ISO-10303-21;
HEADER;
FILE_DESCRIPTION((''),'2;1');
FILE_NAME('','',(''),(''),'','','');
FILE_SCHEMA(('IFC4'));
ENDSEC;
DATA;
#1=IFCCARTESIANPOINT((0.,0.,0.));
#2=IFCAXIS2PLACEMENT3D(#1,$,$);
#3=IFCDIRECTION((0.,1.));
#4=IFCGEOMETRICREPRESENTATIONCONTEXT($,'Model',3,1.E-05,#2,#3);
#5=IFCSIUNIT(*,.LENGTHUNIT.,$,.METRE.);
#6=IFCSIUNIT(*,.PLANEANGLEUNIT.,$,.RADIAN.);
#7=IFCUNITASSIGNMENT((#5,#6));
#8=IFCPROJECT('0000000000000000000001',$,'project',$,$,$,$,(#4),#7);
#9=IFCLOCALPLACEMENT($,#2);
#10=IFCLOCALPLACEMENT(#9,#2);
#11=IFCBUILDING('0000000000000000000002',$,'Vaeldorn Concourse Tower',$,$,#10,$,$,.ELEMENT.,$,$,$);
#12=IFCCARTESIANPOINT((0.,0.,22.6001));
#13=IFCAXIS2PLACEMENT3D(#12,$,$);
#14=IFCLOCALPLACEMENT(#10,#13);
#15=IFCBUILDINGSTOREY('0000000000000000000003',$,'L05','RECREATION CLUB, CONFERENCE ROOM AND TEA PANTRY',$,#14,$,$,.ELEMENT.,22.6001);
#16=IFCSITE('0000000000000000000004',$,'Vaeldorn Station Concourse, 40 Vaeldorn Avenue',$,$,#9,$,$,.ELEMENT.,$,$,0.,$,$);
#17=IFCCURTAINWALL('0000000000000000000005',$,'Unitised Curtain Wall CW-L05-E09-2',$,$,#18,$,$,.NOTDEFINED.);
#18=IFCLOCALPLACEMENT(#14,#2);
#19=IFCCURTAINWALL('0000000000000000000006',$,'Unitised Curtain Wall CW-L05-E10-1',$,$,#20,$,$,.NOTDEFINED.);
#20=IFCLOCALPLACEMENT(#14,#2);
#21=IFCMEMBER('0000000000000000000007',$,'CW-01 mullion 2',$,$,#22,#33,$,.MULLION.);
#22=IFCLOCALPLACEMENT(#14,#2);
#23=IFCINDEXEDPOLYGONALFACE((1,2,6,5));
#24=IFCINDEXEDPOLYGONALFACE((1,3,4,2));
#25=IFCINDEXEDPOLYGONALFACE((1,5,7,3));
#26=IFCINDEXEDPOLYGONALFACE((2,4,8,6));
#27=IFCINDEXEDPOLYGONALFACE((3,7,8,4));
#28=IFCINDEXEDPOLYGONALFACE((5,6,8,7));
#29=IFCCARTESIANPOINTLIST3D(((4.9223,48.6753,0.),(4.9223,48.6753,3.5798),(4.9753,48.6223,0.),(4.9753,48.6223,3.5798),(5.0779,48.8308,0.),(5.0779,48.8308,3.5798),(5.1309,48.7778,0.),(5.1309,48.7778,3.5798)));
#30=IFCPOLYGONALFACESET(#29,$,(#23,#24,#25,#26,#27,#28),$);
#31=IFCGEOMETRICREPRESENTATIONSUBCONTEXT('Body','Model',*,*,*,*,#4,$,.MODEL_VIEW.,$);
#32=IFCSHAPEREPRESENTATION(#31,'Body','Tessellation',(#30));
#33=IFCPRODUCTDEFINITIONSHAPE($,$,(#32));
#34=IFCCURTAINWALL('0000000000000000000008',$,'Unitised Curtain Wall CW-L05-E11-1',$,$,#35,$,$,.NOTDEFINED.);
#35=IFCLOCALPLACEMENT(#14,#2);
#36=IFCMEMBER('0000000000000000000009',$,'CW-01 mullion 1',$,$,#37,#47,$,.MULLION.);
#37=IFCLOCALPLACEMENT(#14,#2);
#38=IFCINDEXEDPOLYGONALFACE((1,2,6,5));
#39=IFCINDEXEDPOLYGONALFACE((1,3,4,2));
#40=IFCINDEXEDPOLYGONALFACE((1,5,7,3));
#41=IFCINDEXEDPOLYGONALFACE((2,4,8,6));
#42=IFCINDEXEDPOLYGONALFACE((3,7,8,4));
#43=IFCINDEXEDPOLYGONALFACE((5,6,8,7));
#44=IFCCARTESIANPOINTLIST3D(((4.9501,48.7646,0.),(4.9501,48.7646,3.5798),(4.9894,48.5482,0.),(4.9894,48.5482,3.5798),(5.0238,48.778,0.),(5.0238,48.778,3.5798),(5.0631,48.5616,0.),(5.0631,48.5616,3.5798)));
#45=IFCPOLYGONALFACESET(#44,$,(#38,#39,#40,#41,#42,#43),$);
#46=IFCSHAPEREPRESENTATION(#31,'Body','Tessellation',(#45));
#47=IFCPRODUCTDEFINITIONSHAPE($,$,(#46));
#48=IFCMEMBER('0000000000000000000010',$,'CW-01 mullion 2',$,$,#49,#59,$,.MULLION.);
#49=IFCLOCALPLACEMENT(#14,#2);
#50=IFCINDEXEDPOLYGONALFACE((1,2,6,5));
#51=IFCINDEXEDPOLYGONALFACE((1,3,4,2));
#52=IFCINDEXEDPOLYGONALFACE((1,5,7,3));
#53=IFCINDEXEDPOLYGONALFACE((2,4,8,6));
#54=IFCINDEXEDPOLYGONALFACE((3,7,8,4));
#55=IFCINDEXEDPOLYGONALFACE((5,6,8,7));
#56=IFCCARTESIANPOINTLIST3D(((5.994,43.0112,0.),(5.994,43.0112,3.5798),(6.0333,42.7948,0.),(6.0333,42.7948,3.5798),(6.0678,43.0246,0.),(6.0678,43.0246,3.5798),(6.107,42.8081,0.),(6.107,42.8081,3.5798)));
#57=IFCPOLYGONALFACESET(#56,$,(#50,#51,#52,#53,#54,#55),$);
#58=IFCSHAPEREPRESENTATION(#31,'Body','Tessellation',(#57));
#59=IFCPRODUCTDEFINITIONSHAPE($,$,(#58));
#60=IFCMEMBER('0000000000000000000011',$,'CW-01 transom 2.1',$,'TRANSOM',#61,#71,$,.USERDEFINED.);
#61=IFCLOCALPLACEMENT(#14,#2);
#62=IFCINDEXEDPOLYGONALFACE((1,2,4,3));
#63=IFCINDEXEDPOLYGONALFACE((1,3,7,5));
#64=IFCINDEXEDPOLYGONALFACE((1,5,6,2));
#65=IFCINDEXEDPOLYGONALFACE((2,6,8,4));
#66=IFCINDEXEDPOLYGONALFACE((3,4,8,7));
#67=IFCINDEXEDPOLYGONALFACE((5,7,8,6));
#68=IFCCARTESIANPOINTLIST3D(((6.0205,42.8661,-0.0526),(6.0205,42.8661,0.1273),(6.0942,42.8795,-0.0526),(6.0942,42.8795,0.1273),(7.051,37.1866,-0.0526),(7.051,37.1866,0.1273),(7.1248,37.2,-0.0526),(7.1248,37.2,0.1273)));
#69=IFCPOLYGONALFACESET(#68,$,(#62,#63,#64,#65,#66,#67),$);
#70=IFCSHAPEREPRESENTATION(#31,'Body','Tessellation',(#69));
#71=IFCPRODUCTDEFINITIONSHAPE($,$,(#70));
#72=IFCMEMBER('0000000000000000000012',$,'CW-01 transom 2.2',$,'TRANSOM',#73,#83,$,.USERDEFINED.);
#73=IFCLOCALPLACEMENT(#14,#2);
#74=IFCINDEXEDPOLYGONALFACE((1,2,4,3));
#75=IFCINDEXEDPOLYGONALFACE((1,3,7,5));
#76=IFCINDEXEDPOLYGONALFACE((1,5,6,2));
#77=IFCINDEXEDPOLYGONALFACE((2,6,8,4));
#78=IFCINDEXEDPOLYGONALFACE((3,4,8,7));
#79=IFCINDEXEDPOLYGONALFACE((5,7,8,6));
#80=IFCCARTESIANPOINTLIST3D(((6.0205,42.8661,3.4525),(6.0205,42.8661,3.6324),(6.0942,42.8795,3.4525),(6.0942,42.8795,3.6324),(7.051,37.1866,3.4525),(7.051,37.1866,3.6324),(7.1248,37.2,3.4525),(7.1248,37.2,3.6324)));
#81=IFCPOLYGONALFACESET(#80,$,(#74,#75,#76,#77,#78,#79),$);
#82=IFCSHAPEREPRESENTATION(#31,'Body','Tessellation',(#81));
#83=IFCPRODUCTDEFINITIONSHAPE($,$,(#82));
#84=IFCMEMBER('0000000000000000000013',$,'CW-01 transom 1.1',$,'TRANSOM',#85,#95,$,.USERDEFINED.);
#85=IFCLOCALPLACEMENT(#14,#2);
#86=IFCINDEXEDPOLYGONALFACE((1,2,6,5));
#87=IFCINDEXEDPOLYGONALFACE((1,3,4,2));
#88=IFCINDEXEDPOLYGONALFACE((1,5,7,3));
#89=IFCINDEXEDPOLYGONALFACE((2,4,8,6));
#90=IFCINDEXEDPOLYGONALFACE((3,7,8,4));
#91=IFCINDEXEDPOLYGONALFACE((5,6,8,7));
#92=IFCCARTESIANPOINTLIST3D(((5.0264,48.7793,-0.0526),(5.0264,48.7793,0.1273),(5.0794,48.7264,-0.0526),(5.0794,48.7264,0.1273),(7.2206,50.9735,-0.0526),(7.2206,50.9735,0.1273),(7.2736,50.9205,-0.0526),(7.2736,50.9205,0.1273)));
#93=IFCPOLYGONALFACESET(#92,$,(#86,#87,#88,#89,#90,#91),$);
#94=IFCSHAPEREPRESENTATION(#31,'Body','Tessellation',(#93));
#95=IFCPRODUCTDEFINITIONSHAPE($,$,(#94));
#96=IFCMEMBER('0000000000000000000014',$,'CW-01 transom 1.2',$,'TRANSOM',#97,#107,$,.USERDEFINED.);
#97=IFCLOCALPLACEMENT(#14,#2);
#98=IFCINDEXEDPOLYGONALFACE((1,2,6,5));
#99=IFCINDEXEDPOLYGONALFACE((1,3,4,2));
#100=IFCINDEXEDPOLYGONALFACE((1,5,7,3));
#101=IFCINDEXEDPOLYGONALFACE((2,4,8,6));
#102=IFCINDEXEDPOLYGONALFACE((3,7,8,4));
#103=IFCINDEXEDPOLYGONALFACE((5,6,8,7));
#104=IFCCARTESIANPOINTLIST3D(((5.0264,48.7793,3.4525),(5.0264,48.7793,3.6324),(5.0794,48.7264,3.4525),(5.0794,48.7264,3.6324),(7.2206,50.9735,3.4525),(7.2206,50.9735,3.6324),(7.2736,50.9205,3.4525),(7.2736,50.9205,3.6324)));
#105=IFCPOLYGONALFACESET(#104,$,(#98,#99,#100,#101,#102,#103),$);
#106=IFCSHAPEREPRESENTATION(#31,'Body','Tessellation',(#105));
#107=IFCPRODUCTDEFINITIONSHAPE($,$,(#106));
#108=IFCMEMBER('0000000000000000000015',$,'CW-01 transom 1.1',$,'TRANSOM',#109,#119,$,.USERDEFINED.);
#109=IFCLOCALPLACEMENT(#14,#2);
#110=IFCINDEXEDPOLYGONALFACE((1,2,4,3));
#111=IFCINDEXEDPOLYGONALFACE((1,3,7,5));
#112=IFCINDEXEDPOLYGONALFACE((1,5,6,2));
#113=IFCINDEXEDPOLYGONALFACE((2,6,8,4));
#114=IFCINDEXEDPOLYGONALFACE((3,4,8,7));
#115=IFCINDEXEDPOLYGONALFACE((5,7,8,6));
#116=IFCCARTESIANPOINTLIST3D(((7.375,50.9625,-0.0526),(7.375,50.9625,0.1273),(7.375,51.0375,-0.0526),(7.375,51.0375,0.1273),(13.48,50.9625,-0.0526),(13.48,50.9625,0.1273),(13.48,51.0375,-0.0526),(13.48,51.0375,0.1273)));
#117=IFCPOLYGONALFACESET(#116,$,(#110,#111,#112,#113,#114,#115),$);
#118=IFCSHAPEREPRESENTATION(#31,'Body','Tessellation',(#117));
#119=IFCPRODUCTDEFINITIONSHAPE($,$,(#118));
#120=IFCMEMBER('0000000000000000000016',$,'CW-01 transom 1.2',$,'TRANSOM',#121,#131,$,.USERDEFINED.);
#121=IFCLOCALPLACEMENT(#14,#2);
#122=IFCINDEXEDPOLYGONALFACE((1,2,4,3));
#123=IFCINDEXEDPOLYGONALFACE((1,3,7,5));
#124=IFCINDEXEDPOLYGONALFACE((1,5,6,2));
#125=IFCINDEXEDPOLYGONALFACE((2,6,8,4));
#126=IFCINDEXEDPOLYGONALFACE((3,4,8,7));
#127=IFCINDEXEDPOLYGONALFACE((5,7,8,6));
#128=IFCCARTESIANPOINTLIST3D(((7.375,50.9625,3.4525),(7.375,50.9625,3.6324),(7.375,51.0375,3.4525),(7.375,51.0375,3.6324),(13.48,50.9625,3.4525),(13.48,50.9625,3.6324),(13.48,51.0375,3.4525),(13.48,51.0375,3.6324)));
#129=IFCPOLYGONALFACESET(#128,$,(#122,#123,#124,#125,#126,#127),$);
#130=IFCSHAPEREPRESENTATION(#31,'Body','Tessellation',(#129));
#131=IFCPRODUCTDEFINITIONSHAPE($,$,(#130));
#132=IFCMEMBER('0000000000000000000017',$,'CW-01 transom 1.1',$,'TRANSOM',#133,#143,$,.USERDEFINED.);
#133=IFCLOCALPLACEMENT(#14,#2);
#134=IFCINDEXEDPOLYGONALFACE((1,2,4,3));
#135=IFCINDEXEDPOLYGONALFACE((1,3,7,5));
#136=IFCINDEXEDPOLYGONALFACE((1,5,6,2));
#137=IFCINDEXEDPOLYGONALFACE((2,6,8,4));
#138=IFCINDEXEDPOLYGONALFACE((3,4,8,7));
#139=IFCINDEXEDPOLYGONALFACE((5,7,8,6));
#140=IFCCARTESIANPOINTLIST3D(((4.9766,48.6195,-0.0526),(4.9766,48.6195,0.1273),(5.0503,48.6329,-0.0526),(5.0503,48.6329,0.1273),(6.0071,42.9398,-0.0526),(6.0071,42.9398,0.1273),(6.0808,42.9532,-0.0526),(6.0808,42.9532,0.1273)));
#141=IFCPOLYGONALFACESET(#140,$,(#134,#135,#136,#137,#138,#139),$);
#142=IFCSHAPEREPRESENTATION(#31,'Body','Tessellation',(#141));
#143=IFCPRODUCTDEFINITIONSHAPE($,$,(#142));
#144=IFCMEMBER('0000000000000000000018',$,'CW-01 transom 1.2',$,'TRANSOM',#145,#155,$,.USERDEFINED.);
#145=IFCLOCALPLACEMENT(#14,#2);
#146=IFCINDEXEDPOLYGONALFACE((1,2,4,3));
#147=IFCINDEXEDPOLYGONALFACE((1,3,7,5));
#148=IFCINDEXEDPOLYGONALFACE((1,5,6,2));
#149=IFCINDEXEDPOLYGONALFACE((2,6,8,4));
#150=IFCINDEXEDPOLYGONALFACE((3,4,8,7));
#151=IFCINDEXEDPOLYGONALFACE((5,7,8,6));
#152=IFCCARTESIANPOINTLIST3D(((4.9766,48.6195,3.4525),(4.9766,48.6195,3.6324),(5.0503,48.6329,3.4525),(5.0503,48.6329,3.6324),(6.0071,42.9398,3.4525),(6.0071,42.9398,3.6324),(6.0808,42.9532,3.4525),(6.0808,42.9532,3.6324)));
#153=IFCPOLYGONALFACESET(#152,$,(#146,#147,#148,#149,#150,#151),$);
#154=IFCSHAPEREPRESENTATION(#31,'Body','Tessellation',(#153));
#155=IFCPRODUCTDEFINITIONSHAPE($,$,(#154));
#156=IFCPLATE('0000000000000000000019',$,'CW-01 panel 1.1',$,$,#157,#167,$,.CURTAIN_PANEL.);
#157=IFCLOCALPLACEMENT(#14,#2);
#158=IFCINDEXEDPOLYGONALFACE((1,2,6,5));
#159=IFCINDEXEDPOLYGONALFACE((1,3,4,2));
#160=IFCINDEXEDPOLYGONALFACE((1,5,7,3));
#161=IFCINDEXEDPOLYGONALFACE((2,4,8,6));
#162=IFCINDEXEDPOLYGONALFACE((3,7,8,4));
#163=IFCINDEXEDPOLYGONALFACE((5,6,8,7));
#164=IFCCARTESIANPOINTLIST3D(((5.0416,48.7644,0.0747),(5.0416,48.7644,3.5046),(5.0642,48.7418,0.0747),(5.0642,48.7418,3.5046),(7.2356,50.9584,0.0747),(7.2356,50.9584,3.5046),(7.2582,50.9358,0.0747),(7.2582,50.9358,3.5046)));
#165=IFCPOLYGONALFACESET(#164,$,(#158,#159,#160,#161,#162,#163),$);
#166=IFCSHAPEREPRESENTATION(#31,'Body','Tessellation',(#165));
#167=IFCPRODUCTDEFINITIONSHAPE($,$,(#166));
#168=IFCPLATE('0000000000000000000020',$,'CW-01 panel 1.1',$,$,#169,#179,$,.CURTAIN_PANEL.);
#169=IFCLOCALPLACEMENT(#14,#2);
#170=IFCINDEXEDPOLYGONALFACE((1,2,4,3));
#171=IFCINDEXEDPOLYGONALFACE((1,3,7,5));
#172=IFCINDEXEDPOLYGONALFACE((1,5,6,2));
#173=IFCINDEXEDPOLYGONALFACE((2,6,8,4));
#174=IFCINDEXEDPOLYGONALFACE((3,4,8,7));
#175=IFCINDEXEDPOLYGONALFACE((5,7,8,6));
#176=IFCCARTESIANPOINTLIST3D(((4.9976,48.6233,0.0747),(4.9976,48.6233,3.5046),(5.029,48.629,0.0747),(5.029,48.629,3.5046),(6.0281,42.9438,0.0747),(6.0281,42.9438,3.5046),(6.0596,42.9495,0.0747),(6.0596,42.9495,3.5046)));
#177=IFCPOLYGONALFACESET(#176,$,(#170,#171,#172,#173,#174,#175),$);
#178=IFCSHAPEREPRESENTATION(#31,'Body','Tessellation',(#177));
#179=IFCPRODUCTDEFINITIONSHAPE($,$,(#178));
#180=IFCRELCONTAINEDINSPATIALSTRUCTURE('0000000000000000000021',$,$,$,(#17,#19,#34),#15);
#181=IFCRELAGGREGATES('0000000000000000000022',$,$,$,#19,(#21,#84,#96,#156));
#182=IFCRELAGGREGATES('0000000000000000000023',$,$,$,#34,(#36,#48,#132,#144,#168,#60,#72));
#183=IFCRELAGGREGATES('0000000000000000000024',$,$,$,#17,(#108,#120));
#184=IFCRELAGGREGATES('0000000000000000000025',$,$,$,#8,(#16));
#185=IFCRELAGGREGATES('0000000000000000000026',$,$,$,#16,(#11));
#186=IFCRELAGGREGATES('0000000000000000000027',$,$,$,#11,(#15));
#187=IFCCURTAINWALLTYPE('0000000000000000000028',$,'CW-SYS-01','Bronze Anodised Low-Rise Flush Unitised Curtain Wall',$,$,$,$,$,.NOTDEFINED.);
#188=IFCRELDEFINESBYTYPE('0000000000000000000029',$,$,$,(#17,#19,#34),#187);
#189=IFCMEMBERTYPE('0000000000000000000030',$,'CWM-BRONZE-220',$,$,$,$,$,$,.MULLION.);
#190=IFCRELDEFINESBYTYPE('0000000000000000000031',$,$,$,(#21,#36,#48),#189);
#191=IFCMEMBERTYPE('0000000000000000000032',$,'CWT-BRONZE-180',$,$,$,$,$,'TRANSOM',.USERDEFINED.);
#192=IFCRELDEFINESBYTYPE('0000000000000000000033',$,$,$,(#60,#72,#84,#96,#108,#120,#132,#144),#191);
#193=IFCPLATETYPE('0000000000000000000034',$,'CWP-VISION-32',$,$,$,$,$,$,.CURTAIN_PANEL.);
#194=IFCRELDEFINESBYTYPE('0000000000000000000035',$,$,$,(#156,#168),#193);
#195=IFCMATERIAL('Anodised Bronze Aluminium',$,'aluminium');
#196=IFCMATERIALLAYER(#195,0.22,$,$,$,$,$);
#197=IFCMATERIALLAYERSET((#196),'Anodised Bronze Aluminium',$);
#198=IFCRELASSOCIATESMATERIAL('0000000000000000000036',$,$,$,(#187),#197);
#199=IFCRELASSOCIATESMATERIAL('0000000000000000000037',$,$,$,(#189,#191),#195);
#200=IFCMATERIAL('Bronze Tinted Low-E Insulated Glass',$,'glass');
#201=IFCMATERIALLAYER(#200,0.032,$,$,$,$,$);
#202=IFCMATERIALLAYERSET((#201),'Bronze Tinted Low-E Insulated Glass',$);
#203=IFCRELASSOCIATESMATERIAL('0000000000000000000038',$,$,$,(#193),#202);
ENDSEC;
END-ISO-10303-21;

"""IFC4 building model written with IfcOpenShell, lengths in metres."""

from ifc_helpers import new_model, si_unit, direction, frame, origin, origin_2d, place, context, subcontext, project, spatial, rectangle, extrude, source, transform, mapped, material, layer, layer_set, material_profile, profile_set, type_object, element, aggregate, save


model = new_model("IFC4")

# Units and contexts
model_context = context("Model", 3, precision=1e-05, world=origin(), true_north=direction((0.0, 1.0)))
body_context = subcontext(model_context, "Body", "Model", "MODEL_VIEW")
ifc_project = project(units=[si_unit("LENGTHUNIT", "METRE"), si_unit("PLANEANGLEUNIT", "RADIAN")], contexts=[model_context])

# Site, building, storey
site_placement = place(None, origin())
site = spatial("IfcSite", under=ifc_project, at=site_placement, Name="Vaeldorn Station Concourse, 40 Vaeldorn Avenue", CompositionType="ELEMENT", RefElevation=0.0)
building_placement = place(site_placement, origin())
building = spatial("IfcBuilding", under=site, at=building_placement, Name="Vaeldorn Concourse Tower", CompositionType="ELEMENT")
storey_placement = place(building_placement, frame((0.0, 0.0, 22.6001)))
storey = spatial("IfcBuildingStorey", under=building, at=storey_placement, Name="L05", Description="RECREATION CLUB, CONFERENCE ROOM AND TEA PANTRY", CompositionType="ELEMENT", Elevation=22.6001)

# Curtain walls, members
ifc_material_1 = material(Name="Anodised Bronze Aluminium", Category="aluminium")
ifc_layer_1 = layer(ifc_material_1, 0.22)
ifc_layer_set_1 = layer_set([ifc_layer_1], Name="Anodised Bronze Aluminium")
curtain_wall_type = type_object("IfcCurtainWallType", Name="CW-SYS-01", Description="Bronze Anodised Low-Rise Flush Unitised Curtain Wall", PredefinedType="NOTDEFINED", material=ifc_layer_set_1)
curtain_wall_1_placement = place(storey_placement, origin())
curtain_wall_1 = element("IfcCurtainWall", 1, at=curtain_wall_1_placement, inside=storey, type_object=curtain_wall_type, Name="Unitised Curtain Wall CW-L05-E09-2", PredefinedType="NOTDEFINED")
ifc_material_profile_1 = material_profile(ifc_material_1, rectangle(XDim=0.075, YDim=0.22, at=origin_2d()), Name="CWM 75x220")
ifc_profile_set_1 = profile_set([ifc_material_profile_1], Name="Anodised Bronze Aluminium")
member_type_1 = type_object("IfcMemberType", Name="CWM-BRONZE-220", PredefinedType="MULLION", material=ifc_profile_set_1)
shared_shape_1 = source(origin(), body_context, "Body", "SweptSolid", [
    extrude(rectangle(XDim=0.075, YDim=0.22, at=origin_2d()), origin(), (0.0, 0.0, 1.0), 3.5798),
])
curtain_wall_2_placement = place(storey_placement, origin())
curtain_wall_2 = element("IfcCurtainWall", 2, at=curtain_wall_2_placement, inside=storey, type_object=curtain_wall_type, Name="Unitised Curtain Wall CW-L05-E10-1", PredefinedType="NOTDEFINED")
member_1_placement = place(storey_placement, frame((5.0266, 48.7266, 0.0), z_axis=(0.0, 0.0, 1.0), x_axis=(0.707107, -0.707107, 0.0)))
member_1 = element("IfcMember", 3, at=member_1_placement, type_object=member_type_1, Name="CW-01 mullion 2", PredefinedType="MULLION", context=body_context, shape_type="MappedRepresentation", body=[
    mapped(shared_shape_1, transform((0.0, 0.0, 0.0), scale=1.0)),
])
curtain_wall_3_placement = place(storey_placement, origin())
curtain_wall_3 = element("IfcCurtainWall", 4, at=curtain_wall_3_placement, inside=storey, type_object=curtain_wall_type, Name="Unitised Curtain Wall CW-L05-E11-1", PredefinedType="NOTDEFINED")
member_2_placement = place(storey_placement, frame((5.0066, 48.6631, 0.0), z_axis=(0.0, 0.0, 1.0), x_axis=(0.983935, 0.178528, 0.0)))
member_2 = element("IfcMember", 5, at=member_2_placement, type_object=member_type_1, Name="CW-01 mullion 1", PredefinedType="MULLION", context=body_context, shape_type="MappedRepresentation", body=[
    mapped(shared_shape_1, transform((0.0, 0.0, 0.0), scale=1.0)),
])
member_3_placement = place(storey_placement, frame((6.0505, 42.9097, 0.0), z_axis=(0.0, 0.0, 1.0), x_axis=(0.983935, 0.178528, 0.0)))
member_3 = element("IfcMember", 6, at=member_3_placement, type_object=member_type_1, Name="CW-01 mullion 2", PredefinedType="MULLION", context=body_context, shape_type="MappedRepresentation", body=[
    mapped(shared_shape_1, transform((0.0, 0.0, 0.0), scale=1.0)),
])
ifc_material_profile_2 = material_profile(ifc_material_1, rectangle(XDim=0.075, YDim=0.1799, at=origin_2d()), Name="CWT 75x180")
ifc_profile_set_2 = profile_set([ifc_material_profile_2], Name="Anodised Bronze Aluminium")
member_type_2 = type_object("IfcMemberType", Name="CWT-BRONZE-180", ElementType="TRANSOM", PredefinedType="USERDEFINED", material=ifc_profile_set_2)
shared_shape_2 = source(origin(), body_context, "Body", "SweptSolid", [
    extrude(rectangle(XDim=0.075, YDim=0.1799, at=origin_2d()), origin(), (0.0, 0.0, 1.0), 5.7722),
])
member_4_placement = place(storey_placement, frame((6.0574, 42.8728, 0.0374), z_axis=(0.178532, -0.983934, 0.0), x_axis=(0.983934, 0.178532, 0.0)))
member_4 = element("IfcMember", 7, at=member_4_placement, type_object=member_type_2, Name="CW-01 transom 2.1", ObjectType="TRANSOM", PredefinedType="USERDEFINED", context=body_context, shape_type="MappedRepresentation", body=[
    mapped(shared_shape_2, transform((0.0, 0.0, 0.0), scale=1.0)),
])
member_5_placement = place(storey_placement, frame((6.0574, 42.8728, 3.5425), z_axis=(0.178532, -0.983934, 0.0), x_axis=(0.983934, 0.178532, 0.0)))
member_5 = element("IfcMember", 8, at=member_5_placement, type_object=member_type_2, Name="CW-01 transom 2.2", ObjectType="TRANSOM", PredefinedType="USERDEFINED", context=body_context, shape_type="MappedRepresentation", body=[
    mapped(shared_shape_2, transform((0.0, 0.0, 0.0), scale=1.0)),
])

# Members
shared_shape_3 = source(origin(), body_context, "Body", "SweptSolid", [
    extrude(rectangle(XDim=0.075, YDim=0.1799, at=origin_2d()), origin(), (0.0, 0.0, 1.0), 3.103),
])
member_6_placement = place(storey_placement, frame((7.2471, 50.947, 0.0374), z_axis=(-0.707107, -0.707107, 0.0), x_axis=(0.707107, -0.707107, 0.0)))
member_6 = element("IfcMember", 9, at=member_6_placement, type_object=member_type_2, Name="CW-01 transom 1.1", ObjectType="TRANSOM", PredefinedType="USERDEFINED", context=body_context, shape_type="MappedRepresentation", body=[
    mapped(shared_shape_3, transform((0.0, 0.0, 0.0), scale=1.0)),
])
member_7_placement = place(storey_placement, frame((7.2471, 50.947, 3.5425), z_axis=(-0.707107, -0.707107, 0.0), x_axis=(0.707107, -0.707107, 0.0)))
member_7 = element("IfcMember", 10, at=member_7_placement, type_object=member_type_2, Name="CW-01 transom 1.2", ObjectType="TRANSOM", PredefinedType="USERDEFINED", context=body_context, shape_type="MappedRepresentation", body=[
    mapped(shared_shape_3, transform((0.0, 0.0, 0.0), scale=1.0)),
])
shared_shape_4 = source(origin(), body_context, "Body", "SweptSolid", [
    extrude(rectangle(XDim=0.075, YDim=0.1799, at=origin_2d()), origin(), (0.0, 0.0, 1.0), 6.105),
])
member_8_placement = place(storey_placement, frame((13.48, 51.0, 0.0374), z_axis=(-1.0, 0.0, 0.0), x_axis=(0.0, -1.0, 0.0)))
member_8 = element("IfcMember", 11, at=member_8_placement, type_object=member_type_2, Name="CW-01 transom 1.1", ObjectType="TRANSOM", PredefinedType="USERDEFINED", context=body_context, shape_type="MappedRepresentation", body=[
    mapped(shared_shape_4, transform((0.0, 0.0, 0.0), scale=1.0)),
])
member_9_placement = place(storey_placement, frame((13.48, 51.0, 3.5425), z_axis=(-1.0, 0.0, 0.0), x_axis=(0.0, -1.0, 0.0)))
member_9 = element("IfcMember", 12, at=member_9_placement, type_object=member_type_2, Name="CW-01 transom 1.2", ObjectType="TRANSOM", PredefinedType="USERDEFINED", context=body_context, shape_type="MappedRepresentation", body=[
    mapped(shared_shape_4, transform((0.0, 0.0, 0.0), scale=1.0)),
])
shared_shape_5 = source(origin(), body_context, "Body", "SweptSolid", [
    extrude(rectangle(XDim=0.075, YDim=0.1799, at=origin_2d()), origin(), (0.0, 0.0, 1.0), 5.7725),
])
member_10_placement = place(storey_placement, frame((5.0134, 48.6262, 0.0374), z_axis=(0.178524, -0.983935, 0.0), x_axis=(0.983935, 0.178524, 0.0)))
member_10 = element("IfcMember", 13, at=member_10_placement, type_object=member_type_2, Name="CW-01 transom 1.1", ObjectType="TRANSOM", PredefinedType="USERDEFINED", context=body_context, shape_type="MappedRepresentation", body=[
    mapped(shared_shape_5, transform((0.0, 0.0, 0.0), scale=1.0)),
])
member_11_placement = place(storey_placement, frame((5.0134, 48.6262, 3.5425), z_axis=(0.178524, -0.983935, 0.0), x_axis=(0.983935, 0.178524, 0.0)))
member_11 = element("IfcMember", 14, at=member_11_placement, type_object=member_type_2, Name="CW-01 transom 1.2", ObjectType="TRANSOM", PredefinedType="USERDEFINED", context=body_context, shape_type="MappedRepresentation", body=[
    mapped(shared_shape_5, transform((0.0, 0.0, 0.0), scale=1.0)),
])

# Plates
ifc_material_2 = material(Name="Bronze Tinted Low-E Insulated Glass", Category="glass")
ifc_layer_2 = layer(ifc_material_2, 0.032)
ifc_layer_set_2 = layer_set([ifc_layer_2], Name="Bronze Tinted Low-E Insulated Glass")
plate_type = type_object("IfcPlateType", Name="CWP-VISION-32", PredefinedType="CURTAIN_PANEL", material=ifc_layer_set_2)
shared_shape_6 = source(origin(), body_context, "Body", "SweptSolid", [
    extrude(rectangle(XDim=3.1028, YDim=0.032, at=origin_2d()), origin(), (0.0, 0.0, 1.0), 3.4299),
])
plate_1_placement = place(storey_placement, frame((6.1499, 49.8501, 0.0747), z_axis=(0.0, 0.0, 1.0), x_axis=(-0.707107, -0.707107, 0.0)))
plate_1 = element("IfcPlate", 15, at=plate_1_placement, type_object=plate_type, Name="CW-01 panel 1.1", PredefinedType="CURTAIN_PANEL", context=body_context, shape_type="MappedRepresentation", body=[
    mapped(shared_shape_6, transform((0.0, 0.0, 0.0), scale=1.0)),
])
aggregate(curtain_wall_2, [member_1, member_6, member_7, plate_1])
shared_shape_7 = source(origin(), body_context, "Body", "SweptSolid", [
    extrude(rectangle(XDim=5.7722, YDim=0.032, at=origin_2d()), origin(), (0.0, 0.0, 1.0), 3.4299),
])
plate_2_placement = place(storey_placement, frame((5.5286, 45.7864, 0.0747), z_axis=(0.0, 0.0, 1.0), x_axis=(0.178528, -0.983935, 0.0)))
plate_2 = element("IfcPlate", 16, at=plate_2_placement, type_object=plate_type, Name="CW-01 panel 1.1", PredefinedType="CURTAIN_PANEL", context=body_context, shape_type="MappedRepresentation", body=[
    mapped(shared_shape_7, transform((0.0, 0.0, 0.0), scale=1.0)),
])
aggregate(curtain_wall_3, [member_2, member_3, member_10, member_11, plate_2, member_4, member_5])
aggregate(curtain_wall_1, [member_8, member_9])

save(model, "model.ifc")
